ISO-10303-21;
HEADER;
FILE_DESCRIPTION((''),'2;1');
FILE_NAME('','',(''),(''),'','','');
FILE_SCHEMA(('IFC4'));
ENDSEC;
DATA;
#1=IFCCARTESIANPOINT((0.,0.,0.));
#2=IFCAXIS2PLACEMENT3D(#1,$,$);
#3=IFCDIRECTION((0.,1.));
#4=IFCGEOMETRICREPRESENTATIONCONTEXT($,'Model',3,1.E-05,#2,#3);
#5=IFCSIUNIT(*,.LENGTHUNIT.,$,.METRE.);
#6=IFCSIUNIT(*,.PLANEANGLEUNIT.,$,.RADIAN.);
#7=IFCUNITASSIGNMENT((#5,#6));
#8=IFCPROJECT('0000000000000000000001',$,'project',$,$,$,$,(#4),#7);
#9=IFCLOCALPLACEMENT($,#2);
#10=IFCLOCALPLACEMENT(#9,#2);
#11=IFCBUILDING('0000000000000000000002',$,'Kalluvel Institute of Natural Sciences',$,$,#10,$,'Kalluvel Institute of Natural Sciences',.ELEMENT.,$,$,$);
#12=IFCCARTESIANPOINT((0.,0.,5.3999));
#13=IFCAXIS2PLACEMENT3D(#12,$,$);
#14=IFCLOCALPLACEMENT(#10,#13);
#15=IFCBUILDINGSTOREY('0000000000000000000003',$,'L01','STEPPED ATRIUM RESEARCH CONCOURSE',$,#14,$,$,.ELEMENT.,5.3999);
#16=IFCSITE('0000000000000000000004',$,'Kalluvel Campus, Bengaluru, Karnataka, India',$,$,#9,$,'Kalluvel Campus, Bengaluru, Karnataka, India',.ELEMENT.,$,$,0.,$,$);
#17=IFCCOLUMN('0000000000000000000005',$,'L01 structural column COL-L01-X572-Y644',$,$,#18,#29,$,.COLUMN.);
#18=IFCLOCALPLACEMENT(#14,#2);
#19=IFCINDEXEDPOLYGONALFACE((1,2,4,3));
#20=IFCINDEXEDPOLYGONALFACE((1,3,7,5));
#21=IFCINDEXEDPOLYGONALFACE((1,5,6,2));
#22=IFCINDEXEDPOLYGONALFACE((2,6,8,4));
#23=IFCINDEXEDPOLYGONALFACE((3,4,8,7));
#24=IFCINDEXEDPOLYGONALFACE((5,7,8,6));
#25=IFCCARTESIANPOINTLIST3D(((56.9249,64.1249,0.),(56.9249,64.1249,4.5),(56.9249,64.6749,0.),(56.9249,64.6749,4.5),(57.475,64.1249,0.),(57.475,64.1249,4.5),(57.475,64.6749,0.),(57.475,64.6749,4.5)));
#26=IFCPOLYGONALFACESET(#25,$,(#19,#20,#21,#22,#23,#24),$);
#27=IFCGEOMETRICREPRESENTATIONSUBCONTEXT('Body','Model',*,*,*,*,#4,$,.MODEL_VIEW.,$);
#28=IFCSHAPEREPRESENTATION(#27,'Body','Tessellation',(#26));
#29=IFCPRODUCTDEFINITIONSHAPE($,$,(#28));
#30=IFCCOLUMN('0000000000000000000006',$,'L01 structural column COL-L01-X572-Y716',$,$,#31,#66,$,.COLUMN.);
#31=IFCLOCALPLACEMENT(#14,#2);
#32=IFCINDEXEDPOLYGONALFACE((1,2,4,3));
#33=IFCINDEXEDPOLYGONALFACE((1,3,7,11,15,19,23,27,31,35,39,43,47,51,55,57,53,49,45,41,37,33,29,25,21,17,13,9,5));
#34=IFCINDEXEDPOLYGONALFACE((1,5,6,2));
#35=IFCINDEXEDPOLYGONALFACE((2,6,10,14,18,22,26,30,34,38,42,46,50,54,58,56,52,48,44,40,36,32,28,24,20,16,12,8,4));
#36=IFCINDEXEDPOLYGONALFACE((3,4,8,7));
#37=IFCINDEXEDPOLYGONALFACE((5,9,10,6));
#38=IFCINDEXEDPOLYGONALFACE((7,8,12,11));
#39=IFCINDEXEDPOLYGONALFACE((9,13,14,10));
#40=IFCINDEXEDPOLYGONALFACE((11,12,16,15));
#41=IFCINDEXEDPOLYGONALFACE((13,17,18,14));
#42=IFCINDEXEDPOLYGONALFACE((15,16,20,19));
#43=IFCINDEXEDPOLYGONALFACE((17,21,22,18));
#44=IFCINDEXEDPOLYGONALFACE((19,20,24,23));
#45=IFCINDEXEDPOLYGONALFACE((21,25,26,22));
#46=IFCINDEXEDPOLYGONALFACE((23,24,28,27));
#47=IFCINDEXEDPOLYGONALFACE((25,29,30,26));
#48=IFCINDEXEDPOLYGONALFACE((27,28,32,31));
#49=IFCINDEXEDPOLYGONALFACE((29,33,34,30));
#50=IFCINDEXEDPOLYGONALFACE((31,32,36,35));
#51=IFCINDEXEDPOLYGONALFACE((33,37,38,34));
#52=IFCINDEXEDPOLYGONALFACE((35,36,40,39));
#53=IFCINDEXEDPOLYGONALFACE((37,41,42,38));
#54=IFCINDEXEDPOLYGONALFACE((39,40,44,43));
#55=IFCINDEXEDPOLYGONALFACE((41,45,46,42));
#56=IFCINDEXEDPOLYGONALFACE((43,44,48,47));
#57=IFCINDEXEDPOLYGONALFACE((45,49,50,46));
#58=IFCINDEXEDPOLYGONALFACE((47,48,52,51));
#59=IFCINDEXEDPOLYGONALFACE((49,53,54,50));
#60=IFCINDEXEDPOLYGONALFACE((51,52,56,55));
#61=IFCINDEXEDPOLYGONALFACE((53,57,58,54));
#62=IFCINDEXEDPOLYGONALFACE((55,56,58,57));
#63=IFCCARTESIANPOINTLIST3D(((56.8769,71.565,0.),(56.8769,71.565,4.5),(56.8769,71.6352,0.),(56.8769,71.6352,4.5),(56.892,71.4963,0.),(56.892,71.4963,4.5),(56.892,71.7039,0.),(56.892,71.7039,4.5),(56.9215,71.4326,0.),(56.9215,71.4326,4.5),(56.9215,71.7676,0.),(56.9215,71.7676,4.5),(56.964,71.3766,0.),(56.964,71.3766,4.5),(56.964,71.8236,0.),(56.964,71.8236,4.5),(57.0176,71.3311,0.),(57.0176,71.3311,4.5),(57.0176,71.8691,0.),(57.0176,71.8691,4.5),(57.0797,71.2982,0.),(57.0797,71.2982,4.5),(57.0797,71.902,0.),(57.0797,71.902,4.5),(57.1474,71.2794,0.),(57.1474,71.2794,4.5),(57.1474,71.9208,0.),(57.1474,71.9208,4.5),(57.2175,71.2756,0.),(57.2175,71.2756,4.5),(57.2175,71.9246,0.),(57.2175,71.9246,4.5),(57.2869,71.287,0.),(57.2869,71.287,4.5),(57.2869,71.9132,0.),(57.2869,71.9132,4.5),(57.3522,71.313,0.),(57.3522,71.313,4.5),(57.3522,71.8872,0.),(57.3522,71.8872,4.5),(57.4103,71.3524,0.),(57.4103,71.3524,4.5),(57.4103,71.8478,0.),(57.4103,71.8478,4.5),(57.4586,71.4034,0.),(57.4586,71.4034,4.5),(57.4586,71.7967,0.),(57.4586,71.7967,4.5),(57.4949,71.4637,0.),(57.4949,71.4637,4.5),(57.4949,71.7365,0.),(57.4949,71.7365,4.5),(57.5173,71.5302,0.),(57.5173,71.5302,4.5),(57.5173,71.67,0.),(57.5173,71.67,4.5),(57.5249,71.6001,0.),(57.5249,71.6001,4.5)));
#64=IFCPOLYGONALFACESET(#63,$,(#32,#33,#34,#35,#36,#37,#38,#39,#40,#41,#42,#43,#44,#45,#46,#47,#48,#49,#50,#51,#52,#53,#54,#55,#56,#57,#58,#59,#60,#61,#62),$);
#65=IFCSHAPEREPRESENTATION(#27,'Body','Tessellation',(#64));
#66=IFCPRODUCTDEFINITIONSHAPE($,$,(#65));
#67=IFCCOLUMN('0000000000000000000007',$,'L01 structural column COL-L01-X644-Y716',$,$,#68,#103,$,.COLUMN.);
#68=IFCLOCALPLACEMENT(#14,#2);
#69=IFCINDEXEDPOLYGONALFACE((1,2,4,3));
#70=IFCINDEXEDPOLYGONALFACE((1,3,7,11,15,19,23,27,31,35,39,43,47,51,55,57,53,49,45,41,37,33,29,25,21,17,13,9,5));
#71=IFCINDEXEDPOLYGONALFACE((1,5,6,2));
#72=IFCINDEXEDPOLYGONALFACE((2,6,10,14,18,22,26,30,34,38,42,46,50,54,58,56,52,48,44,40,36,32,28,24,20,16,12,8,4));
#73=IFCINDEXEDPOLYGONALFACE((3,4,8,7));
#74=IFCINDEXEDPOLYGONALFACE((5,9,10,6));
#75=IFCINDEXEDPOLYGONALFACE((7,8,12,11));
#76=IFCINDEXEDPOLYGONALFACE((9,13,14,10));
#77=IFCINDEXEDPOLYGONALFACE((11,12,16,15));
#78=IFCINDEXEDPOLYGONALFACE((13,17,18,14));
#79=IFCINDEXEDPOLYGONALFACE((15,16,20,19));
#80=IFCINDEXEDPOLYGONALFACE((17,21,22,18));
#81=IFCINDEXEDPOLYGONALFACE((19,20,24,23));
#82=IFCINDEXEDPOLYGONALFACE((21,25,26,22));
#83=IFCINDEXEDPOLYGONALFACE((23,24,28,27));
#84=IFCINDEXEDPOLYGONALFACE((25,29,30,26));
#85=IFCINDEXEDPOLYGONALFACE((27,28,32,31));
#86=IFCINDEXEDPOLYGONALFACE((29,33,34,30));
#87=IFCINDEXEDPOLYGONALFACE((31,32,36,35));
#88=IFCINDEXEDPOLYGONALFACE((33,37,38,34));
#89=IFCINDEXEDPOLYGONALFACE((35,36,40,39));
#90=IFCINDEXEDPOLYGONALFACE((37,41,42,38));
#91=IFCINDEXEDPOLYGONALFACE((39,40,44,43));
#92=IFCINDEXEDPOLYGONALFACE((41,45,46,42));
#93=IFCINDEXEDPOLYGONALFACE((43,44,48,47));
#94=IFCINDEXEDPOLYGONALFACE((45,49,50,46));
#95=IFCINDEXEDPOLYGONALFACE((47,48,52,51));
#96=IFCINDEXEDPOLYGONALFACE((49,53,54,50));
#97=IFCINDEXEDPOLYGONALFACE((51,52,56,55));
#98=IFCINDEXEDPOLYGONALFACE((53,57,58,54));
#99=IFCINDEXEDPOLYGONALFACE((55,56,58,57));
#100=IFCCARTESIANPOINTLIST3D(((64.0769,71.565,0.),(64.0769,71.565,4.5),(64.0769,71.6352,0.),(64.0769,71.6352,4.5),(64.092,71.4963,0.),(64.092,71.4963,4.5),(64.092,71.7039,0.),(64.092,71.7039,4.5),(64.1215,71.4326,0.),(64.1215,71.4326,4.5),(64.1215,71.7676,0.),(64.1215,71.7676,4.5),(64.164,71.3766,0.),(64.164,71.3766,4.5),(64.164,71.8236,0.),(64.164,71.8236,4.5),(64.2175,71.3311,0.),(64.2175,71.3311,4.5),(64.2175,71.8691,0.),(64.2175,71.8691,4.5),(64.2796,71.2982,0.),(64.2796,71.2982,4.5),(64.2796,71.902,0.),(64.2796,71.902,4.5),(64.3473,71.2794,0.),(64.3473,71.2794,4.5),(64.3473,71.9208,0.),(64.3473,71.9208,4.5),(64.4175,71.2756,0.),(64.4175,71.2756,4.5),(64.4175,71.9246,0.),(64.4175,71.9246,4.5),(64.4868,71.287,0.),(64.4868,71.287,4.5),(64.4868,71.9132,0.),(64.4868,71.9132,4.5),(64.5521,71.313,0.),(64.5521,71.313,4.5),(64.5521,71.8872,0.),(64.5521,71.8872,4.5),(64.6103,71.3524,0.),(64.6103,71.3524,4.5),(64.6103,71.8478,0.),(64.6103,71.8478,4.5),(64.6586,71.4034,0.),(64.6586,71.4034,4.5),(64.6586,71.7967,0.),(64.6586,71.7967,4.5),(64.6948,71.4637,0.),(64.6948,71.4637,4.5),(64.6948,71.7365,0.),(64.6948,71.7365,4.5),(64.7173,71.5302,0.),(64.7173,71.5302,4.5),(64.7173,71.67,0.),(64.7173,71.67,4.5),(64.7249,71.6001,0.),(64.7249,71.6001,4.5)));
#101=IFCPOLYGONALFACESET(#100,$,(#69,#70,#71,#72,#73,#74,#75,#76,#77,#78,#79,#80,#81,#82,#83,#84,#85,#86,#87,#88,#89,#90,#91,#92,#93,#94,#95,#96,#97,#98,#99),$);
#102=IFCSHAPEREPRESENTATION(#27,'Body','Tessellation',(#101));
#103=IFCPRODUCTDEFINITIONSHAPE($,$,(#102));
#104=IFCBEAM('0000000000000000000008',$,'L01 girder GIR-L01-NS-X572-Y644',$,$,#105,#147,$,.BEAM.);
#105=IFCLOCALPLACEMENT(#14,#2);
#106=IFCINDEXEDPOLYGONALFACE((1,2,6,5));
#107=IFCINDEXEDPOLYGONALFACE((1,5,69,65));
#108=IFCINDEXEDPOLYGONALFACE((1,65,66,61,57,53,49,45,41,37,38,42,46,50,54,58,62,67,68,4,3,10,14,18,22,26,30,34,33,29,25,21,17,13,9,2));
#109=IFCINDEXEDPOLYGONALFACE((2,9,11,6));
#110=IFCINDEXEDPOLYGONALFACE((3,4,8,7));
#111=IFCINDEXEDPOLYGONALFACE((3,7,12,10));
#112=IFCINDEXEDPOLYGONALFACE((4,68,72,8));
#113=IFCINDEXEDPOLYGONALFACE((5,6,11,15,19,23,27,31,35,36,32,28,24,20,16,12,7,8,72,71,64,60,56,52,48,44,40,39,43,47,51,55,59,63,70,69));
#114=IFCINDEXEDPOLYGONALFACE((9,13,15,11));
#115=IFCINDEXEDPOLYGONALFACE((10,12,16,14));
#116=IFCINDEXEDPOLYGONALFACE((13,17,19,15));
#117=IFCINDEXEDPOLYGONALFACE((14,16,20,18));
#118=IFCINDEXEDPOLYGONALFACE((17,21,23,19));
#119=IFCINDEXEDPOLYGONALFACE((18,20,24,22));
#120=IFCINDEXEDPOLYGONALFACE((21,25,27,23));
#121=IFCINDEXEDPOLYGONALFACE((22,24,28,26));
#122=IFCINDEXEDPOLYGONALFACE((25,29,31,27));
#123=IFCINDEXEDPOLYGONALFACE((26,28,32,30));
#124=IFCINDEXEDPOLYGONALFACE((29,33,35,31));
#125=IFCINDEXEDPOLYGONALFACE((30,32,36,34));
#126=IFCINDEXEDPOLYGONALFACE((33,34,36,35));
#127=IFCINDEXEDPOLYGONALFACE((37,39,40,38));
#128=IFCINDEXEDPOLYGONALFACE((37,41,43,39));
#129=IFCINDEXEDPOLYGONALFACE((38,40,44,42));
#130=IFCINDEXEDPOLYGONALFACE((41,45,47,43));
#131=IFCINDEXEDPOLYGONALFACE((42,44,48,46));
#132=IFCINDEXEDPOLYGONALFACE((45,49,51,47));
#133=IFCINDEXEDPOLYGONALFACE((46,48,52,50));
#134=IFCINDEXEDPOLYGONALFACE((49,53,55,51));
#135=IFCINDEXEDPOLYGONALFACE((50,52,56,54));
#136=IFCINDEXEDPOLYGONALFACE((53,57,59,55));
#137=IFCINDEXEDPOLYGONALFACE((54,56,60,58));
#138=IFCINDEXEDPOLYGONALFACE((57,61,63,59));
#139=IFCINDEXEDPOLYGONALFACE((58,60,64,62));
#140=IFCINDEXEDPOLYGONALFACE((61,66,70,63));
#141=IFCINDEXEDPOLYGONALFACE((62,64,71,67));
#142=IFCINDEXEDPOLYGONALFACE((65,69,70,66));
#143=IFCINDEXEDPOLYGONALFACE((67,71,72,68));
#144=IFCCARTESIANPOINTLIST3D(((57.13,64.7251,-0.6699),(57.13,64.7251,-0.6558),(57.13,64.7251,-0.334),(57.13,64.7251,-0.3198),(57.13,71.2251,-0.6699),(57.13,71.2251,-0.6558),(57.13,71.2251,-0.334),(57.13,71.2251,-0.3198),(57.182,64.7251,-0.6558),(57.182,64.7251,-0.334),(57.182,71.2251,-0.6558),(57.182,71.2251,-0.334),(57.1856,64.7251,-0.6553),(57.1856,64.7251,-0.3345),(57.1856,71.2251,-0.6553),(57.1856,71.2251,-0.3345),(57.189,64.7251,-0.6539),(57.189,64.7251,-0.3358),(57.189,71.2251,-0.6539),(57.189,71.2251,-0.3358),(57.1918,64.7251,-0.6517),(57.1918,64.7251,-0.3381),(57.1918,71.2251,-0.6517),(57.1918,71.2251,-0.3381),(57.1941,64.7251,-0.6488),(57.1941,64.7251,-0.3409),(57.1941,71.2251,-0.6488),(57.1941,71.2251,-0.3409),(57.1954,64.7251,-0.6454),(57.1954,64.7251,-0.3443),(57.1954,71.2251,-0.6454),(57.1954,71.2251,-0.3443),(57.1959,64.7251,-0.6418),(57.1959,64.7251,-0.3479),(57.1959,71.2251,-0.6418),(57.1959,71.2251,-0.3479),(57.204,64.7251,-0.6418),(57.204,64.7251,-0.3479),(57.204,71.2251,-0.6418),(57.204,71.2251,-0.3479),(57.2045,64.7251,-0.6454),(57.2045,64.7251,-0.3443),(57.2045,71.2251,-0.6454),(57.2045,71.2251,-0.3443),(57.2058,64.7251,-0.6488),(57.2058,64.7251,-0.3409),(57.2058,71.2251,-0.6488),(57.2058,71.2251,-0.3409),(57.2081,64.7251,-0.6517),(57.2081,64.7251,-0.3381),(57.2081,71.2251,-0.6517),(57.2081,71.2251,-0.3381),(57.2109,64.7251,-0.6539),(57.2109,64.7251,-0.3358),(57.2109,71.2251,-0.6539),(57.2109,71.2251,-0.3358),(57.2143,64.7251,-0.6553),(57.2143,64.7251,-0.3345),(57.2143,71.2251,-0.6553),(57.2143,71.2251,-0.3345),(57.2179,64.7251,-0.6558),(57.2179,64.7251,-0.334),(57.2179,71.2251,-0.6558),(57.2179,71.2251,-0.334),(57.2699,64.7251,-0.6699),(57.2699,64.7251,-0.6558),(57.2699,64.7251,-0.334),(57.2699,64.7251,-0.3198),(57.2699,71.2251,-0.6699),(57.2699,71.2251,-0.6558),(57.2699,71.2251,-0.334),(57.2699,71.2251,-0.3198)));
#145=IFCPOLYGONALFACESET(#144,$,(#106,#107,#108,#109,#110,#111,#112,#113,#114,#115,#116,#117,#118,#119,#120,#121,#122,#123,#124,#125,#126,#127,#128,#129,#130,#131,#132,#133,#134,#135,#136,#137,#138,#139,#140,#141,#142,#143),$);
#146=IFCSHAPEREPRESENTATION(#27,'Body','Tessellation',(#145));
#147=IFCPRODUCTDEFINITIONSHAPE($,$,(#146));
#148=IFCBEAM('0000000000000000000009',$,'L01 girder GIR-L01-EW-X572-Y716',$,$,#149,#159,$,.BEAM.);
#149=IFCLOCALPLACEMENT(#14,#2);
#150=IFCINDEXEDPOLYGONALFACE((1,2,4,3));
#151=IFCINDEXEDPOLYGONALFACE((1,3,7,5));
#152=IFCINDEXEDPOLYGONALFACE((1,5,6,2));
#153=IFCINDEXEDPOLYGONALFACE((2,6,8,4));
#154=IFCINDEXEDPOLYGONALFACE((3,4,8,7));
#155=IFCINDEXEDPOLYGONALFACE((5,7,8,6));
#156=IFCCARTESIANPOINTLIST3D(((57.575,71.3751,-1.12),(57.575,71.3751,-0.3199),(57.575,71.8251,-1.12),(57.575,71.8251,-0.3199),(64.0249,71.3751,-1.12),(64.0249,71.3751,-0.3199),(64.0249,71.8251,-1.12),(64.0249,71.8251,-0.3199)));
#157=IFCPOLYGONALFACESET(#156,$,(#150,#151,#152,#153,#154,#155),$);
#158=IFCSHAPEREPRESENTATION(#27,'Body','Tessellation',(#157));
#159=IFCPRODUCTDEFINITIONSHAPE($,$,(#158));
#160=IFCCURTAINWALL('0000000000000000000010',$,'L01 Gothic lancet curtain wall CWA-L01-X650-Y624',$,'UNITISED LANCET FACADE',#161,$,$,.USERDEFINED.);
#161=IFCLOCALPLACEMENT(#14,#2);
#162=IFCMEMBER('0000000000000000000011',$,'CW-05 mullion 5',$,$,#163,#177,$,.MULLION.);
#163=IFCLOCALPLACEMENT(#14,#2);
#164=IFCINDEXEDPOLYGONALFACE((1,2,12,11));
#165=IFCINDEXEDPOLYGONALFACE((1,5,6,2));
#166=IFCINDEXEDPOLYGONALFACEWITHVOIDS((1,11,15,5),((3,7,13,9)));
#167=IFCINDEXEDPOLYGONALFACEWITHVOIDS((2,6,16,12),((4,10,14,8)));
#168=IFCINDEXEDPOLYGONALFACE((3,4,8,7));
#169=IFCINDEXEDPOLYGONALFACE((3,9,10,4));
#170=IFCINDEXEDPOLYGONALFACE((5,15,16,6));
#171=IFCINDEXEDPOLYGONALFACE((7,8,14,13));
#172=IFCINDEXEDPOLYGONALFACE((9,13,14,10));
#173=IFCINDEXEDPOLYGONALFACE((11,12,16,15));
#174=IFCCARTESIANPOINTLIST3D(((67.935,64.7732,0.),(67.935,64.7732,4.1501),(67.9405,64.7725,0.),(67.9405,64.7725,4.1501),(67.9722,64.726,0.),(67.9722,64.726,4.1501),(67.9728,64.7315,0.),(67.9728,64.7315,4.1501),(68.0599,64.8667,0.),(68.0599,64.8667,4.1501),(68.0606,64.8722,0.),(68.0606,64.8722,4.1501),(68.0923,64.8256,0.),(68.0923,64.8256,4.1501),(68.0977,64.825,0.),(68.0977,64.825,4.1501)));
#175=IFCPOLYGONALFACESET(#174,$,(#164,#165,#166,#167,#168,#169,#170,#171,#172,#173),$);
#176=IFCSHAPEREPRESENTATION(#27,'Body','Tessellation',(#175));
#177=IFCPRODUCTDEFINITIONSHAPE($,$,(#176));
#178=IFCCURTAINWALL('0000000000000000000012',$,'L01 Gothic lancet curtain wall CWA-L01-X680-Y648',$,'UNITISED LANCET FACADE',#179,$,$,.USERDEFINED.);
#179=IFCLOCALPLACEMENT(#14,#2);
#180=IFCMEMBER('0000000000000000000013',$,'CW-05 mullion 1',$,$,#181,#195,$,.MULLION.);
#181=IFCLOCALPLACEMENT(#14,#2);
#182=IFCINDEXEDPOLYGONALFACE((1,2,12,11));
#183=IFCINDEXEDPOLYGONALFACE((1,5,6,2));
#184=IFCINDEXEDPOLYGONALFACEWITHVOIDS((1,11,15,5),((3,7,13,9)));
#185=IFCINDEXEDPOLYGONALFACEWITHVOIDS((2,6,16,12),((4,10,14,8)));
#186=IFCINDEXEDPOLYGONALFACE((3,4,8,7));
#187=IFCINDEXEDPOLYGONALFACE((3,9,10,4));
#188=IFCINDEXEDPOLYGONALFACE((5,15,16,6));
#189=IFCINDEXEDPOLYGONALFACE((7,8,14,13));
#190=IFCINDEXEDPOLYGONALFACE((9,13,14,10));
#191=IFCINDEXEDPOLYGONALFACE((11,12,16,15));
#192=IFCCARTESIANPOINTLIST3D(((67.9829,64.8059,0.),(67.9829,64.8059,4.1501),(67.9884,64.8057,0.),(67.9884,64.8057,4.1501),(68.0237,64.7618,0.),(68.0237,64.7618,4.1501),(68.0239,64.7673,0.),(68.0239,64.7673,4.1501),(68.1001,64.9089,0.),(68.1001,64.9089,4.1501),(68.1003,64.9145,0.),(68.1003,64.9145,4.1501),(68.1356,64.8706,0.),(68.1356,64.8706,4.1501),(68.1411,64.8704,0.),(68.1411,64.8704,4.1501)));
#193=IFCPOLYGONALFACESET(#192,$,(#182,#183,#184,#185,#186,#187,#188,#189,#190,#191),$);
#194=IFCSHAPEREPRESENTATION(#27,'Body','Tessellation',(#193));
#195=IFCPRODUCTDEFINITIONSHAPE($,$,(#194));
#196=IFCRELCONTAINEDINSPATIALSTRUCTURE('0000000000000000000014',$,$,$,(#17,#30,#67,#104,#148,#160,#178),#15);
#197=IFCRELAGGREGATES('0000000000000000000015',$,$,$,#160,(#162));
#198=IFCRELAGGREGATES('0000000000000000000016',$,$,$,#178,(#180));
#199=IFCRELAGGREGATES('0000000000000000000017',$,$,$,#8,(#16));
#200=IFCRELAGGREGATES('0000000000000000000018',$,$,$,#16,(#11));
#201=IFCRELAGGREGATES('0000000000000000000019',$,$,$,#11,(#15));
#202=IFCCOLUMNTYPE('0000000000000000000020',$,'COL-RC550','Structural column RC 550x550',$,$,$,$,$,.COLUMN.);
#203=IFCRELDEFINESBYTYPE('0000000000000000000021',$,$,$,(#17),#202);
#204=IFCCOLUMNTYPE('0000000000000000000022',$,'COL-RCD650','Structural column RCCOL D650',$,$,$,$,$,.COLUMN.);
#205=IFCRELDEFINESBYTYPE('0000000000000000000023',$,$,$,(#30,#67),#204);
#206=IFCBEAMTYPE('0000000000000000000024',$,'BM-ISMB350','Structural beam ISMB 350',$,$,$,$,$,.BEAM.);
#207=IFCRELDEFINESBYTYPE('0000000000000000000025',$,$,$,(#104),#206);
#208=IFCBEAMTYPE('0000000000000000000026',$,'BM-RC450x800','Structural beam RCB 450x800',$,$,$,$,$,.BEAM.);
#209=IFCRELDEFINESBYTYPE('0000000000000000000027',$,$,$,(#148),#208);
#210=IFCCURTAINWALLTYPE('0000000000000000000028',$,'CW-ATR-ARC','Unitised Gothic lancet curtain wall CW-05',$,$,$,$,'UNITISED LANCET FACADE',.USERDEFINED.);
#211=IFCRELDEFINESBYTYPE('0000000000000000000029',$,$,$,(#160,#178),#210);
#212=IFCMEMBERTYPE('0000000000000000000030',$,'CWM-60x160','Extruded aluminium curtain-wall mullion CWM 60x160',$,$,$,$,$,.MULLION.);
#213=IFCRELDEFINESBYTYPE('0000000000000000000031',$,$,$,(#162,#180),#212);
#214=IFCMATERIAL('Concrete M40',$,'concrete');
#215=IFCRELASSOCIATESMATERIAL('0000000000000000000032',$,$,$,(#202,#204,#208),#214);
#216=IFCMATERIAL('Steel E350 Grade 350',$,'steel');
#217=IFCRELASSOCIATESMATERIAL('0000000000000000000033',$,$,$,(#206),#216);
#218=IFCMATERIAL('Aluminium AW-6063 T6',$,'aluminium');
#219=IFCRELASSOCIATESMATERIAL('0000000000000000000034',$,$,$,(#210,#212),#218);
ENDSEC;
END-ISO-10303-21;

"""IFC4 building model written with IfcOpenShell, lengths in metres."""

from ifc_helpers import new_model, si_unit, direction, frame, origin, origin_2d, place, context, subcontext, project, spatial, rectangle, hollow_rectangle, circle, i_section, extrude, material, material_profile, profile_set, type_object, element, aggregate, save


model = new_model("IFC4")

# Units and contexts
model_context = context("Model", 3, precision=1e-05, world=origin(), true_north=direction((0.0, 1.0)))
body_context = subcontext(model_context, "Body", "Model", "MODEL_VIEW")
ifc_project = project(units=[si_unit("LENGTHUNIT", "METRE"), si_unit("PLANEANGLEUNIT", "RADIAN")], contexts=[model_context])

# Site, building, storey
site_placement = place(None, origin())
site = spatial("IfcSite", under=ifc_project, at=site_placement, Name="Kalluvel Campus, Bengaluru, Karnataka, India", LongName="Kalluvel Campus, Bengaluru, Karnataka, India", CompositionType="ELEMENT", RefElevation=0.0)
building_placement = place(site_placement, origin())
building = spatial("IfcBuilding", under=site, at=building_placement, Name="Kalluvel Institute of Natural Sciences", LongName="Kalluvel Institute of Natural Sciences", CompositionType="ELEMENT")
storey_placement = place(building_placement, frame((0.0, 0.0, 5.3999)))
storey = spatial("IfcBuildingStorey", under=building, at=storey_placement, Name="L01", Description="STEPPED ATRIUM RESEARCH CONCOURSE", CompositionType="ELEMENT", Elevation=5.3999)

# Columns
ifc_material_1 = material(Name="Concrete M40", Category="concrete")
ifc_material_profile_1 = material_profile(ifc_material_1, rectangle(XDim=0.55, YDim=0.55, at=origin_2d()), Name="RC 550x550")
ifc_profile_set_1 = profile_set([ifc_material_profile_1], Name="Concrete M40")
column_type_1 = type_object("IfcColumnType", Name="COL-RC550", Description="Structural column RC 550x550", PredefinedType="COLUMN", material=ifc_profile_set_1)
column_placement = place(storey_placement, frame((57.2, 64.3999, 0.0), z_axis=(0.0, 0.0, 1.0), x_axis=(1.0, 0.0, 0.0)))
element("IfcColumn", 1, at=column_placement, inside=storey, type_object=column_type_1, Name="L01 structural column COL-L01-X572-Y644", PredefinedType="COLUMN", context=body_context, shape_type="SweptSolid", body=[
    extrude(rectangle(XDim=0.55, YDim=0.55, at=origin_2d()), origin(), (0.0, 0.0, 1.0), 4.5),
])
ifc_material_profile_2 = material_profile(ifc_material_1, circle(Radius=0.325, at=origin_2d()), Name="RCCOL D650")
ifc_profile_set_2 = profile_set([ifc_material_profile_2], Name="Concrete M40")
column_type_2 = type_object("IfcColumnType", Name="COL-RCD650", Description="Structural column RCCOL D650", PredefinedType="COLUMN", material=ifc_profile_set_2)
for number, where, z_axis, x_axis, name in (
    (2, (57.2, 71.6001, 0.0), (0.0, 0.0, 1.0), (1.0, 0.0, 0.0), "L01 structural column COL-L01-X572-Y716"),
    (3, (64.3999, 71.6001, 0.0), (0.0, 0.0, 1.0), (1.0, 0.0, 0.0), "L01 structural column COL-L01-X644-Y716"),
):
    element("IfcColumn", number, at=place(storey_placement, frame(where, z_axis=z_axis, x_axis=x_axis)), inside=storey, type_object=column_type_2, Name=name, PredefinedType="COLUMN", context=body_context, shape_type="SweptSolid", body=[
        extrude(circle(Radius=0.325, at=origin_2d()), origin(), (0.0, 0.0, 1.0), 4.5),
    ])

# Beams
ifc_material_2 = material(Name="Steel E350 Grade 350", Category="steel")
ifc_material_profile_3 = material_profile(ifc_material_2, i_section(OverallWidth=0.1399, OverallDepth=0.3501, WebThickness=0.0081, FlangeThickness=0.0142, FilletRadius=0.0139, at=origin_2d()), Name="ISMB 350")
ifc_profile_set_3 = profile_set([ifc_material_profile_3], Name="Steel E350 Grade 350")
beam_type_1 = type_object("IfcBeamType", Name="BM-ISMB350", Description="Structural beam ISMB 350", PredefinedType="BEAM", material=ifc_profile_set_3)
beam_1_placement = place(storey_placement, frame((57.2, 64.7251, -0.4949), z_axis=(0.0, 1.0, 0.0), x_axis=(-1.0, 0.0, 0.0)))
element("IfcBeam", 4, at=beam_1_placement, inside=storey, type_object=beam_type_1, Name="L01 girder GIR-L01-NS-X572-Y644", PredefinedType="BEAM", context=body_context, shape_type="SweptSolid", body=[
    extrude(i_section(OverallWidth=0.1399, OverallDepth=0.3501, WebThickness=0.0081, FlangeThickness=0.0142, FilletRadius=0.0139, at=origin_2d()), origin(), (0.0, 0.0, 1.0), 6.5),
])
ifc_material_profile_4 = material_profile(ifc_material_1, rectangle(XDim=0.45, YDim=0.8, at=origin_2d()), Name="RCB 450x800")
ifc_profile_set_4 = profile_set([ifc_material_profile_4], Name="Concrete M40")
beam_type_2 = type_object("IfcBeamType", Name="BM-RC450x800", Description="Structural beam RCB 450x800", PredefinedType="BEAM", material=ifc_profile_set_4)
beam_2_placement = place(storey_placement, frame((57.575, 71.6001, -0.72), z_axis=(1.0, 0.0, 0.0), x_axis=(0.0, 1.0, 0.0)))
element("IfcBeam", 5, at=beam_2_placement, inside=storey, type_object=beam_type_2, Name="L01 girder GIR-L01-EW-X572-Y716", PredefinedType="BEAM", context=body_context, shape_type="SweptSolid", body=[
    extrude(rectangle(XDim=0.45, YDim=0.8, at=origin_2d()), origin(), (0.0, 0.0, 1.0), 6.45),
])

# Curtain wall, member
ifc_material_3 = material(Name="Aluminium AW-6063 T6", Category="aluminium")
curtain_wall_type = type_object("IfcCurtainWallType", Name="CW-ATR-ARC", Description="Unitised Gothic lancet curtain wall CW-05", ElementType="UNITISED LANCET FACADE", PredefinedType="USERDEFINED", material=ifc_material_3)
curtain_wall_1_placement = place(storey_placement, origin())
curtain_wall_1 = element("IfcCurtainWall", 6, at=curtain_wall_1_placement, inside=storey, type_object=curtain_wall_type, Name="L01 Gothic lancet curtain wall CWA-L01-X650-Y624", ObjectType="UNITISED LANCET FACADE", PredefinedType="USERDEFINED")
ifc_material_profile_5 = material_profile(ifc_material_3, hollow_rectangle(XDim=0.0601, YDim=0.1599, WallThickness=0.0039, at=origin_2d()), Name="CWM 60x160")
ifc_profile_set_5 = profile_set([ifc_material_profile_5], Name="Aluminium AW-6063 T6")
member_type_1 = type_object("IfcMemberType", Name="CWM-60x160", Description="Extruded aluminium curtain-wall mullion CWM 60x160", PredefinedType="MULLION", material=ifc_profile_set_5)
member_1_placement = place(storey_placement, frame((68.0164, 64.7991, 0.0), z_axis=(0.0, 0.0, 1.0), x_axis=(-0.619098, 0.785314, 0.0)))
member_1 = element("IfcMember", 7, at=member_1_placement, type_object=member_type_1, Name="CW-05 mullion 5", PredefinedType="MULLION", context=body_context, shape_type="SweptSolid", body=[
    extrude(hollow_rectangle(XDim=0.0601, YDim=0.1599, WallThickness=0.0039, at=origin_2d()), origin(), (0.0, 0.0, 1.0), 4.1501),
])

# Curtain wall, member
curtain_wall_2_placement = place(storey_placement, origin())
curtain_wall_2 = element("IfcCurtainWall", 8, at=curtain_wall_2_placement, inside=storey, type_object=curtain_wall_type, Name="L01 Gothic lancet curtain wall CWA-L01-X680-Y648", ObjectType="UNITISED LANCET FACADE", PredefinedType="USERDEFINED")
member_2_placement = place(storey_placement, frame((68.062, 64.8381, 0.0), z_axis=(0.0, 0.0, 1.0), x_axis=(-0.678796, 0.734327, 0.0)))
member_2 = element("IfcMember", 9, at=member_2_placement, type_object=member_type_1, Name="CW-05 mullion 1", PredefinedType="MULLION", context=body_context, shape_type="SweptSolid", body=[
    extrude(hollow_rectangle(XDim=0.0601, YDim=0.1599, WallThickness=0.0039, at=origin_2d()), origin(), (0.0, 0.0, 1.0), 4.1501),
])

aggregate(curtain_wall_1, [member_1])
aggregate(curtain_wall_2, [member_2])

save(model, "model.ifc")
